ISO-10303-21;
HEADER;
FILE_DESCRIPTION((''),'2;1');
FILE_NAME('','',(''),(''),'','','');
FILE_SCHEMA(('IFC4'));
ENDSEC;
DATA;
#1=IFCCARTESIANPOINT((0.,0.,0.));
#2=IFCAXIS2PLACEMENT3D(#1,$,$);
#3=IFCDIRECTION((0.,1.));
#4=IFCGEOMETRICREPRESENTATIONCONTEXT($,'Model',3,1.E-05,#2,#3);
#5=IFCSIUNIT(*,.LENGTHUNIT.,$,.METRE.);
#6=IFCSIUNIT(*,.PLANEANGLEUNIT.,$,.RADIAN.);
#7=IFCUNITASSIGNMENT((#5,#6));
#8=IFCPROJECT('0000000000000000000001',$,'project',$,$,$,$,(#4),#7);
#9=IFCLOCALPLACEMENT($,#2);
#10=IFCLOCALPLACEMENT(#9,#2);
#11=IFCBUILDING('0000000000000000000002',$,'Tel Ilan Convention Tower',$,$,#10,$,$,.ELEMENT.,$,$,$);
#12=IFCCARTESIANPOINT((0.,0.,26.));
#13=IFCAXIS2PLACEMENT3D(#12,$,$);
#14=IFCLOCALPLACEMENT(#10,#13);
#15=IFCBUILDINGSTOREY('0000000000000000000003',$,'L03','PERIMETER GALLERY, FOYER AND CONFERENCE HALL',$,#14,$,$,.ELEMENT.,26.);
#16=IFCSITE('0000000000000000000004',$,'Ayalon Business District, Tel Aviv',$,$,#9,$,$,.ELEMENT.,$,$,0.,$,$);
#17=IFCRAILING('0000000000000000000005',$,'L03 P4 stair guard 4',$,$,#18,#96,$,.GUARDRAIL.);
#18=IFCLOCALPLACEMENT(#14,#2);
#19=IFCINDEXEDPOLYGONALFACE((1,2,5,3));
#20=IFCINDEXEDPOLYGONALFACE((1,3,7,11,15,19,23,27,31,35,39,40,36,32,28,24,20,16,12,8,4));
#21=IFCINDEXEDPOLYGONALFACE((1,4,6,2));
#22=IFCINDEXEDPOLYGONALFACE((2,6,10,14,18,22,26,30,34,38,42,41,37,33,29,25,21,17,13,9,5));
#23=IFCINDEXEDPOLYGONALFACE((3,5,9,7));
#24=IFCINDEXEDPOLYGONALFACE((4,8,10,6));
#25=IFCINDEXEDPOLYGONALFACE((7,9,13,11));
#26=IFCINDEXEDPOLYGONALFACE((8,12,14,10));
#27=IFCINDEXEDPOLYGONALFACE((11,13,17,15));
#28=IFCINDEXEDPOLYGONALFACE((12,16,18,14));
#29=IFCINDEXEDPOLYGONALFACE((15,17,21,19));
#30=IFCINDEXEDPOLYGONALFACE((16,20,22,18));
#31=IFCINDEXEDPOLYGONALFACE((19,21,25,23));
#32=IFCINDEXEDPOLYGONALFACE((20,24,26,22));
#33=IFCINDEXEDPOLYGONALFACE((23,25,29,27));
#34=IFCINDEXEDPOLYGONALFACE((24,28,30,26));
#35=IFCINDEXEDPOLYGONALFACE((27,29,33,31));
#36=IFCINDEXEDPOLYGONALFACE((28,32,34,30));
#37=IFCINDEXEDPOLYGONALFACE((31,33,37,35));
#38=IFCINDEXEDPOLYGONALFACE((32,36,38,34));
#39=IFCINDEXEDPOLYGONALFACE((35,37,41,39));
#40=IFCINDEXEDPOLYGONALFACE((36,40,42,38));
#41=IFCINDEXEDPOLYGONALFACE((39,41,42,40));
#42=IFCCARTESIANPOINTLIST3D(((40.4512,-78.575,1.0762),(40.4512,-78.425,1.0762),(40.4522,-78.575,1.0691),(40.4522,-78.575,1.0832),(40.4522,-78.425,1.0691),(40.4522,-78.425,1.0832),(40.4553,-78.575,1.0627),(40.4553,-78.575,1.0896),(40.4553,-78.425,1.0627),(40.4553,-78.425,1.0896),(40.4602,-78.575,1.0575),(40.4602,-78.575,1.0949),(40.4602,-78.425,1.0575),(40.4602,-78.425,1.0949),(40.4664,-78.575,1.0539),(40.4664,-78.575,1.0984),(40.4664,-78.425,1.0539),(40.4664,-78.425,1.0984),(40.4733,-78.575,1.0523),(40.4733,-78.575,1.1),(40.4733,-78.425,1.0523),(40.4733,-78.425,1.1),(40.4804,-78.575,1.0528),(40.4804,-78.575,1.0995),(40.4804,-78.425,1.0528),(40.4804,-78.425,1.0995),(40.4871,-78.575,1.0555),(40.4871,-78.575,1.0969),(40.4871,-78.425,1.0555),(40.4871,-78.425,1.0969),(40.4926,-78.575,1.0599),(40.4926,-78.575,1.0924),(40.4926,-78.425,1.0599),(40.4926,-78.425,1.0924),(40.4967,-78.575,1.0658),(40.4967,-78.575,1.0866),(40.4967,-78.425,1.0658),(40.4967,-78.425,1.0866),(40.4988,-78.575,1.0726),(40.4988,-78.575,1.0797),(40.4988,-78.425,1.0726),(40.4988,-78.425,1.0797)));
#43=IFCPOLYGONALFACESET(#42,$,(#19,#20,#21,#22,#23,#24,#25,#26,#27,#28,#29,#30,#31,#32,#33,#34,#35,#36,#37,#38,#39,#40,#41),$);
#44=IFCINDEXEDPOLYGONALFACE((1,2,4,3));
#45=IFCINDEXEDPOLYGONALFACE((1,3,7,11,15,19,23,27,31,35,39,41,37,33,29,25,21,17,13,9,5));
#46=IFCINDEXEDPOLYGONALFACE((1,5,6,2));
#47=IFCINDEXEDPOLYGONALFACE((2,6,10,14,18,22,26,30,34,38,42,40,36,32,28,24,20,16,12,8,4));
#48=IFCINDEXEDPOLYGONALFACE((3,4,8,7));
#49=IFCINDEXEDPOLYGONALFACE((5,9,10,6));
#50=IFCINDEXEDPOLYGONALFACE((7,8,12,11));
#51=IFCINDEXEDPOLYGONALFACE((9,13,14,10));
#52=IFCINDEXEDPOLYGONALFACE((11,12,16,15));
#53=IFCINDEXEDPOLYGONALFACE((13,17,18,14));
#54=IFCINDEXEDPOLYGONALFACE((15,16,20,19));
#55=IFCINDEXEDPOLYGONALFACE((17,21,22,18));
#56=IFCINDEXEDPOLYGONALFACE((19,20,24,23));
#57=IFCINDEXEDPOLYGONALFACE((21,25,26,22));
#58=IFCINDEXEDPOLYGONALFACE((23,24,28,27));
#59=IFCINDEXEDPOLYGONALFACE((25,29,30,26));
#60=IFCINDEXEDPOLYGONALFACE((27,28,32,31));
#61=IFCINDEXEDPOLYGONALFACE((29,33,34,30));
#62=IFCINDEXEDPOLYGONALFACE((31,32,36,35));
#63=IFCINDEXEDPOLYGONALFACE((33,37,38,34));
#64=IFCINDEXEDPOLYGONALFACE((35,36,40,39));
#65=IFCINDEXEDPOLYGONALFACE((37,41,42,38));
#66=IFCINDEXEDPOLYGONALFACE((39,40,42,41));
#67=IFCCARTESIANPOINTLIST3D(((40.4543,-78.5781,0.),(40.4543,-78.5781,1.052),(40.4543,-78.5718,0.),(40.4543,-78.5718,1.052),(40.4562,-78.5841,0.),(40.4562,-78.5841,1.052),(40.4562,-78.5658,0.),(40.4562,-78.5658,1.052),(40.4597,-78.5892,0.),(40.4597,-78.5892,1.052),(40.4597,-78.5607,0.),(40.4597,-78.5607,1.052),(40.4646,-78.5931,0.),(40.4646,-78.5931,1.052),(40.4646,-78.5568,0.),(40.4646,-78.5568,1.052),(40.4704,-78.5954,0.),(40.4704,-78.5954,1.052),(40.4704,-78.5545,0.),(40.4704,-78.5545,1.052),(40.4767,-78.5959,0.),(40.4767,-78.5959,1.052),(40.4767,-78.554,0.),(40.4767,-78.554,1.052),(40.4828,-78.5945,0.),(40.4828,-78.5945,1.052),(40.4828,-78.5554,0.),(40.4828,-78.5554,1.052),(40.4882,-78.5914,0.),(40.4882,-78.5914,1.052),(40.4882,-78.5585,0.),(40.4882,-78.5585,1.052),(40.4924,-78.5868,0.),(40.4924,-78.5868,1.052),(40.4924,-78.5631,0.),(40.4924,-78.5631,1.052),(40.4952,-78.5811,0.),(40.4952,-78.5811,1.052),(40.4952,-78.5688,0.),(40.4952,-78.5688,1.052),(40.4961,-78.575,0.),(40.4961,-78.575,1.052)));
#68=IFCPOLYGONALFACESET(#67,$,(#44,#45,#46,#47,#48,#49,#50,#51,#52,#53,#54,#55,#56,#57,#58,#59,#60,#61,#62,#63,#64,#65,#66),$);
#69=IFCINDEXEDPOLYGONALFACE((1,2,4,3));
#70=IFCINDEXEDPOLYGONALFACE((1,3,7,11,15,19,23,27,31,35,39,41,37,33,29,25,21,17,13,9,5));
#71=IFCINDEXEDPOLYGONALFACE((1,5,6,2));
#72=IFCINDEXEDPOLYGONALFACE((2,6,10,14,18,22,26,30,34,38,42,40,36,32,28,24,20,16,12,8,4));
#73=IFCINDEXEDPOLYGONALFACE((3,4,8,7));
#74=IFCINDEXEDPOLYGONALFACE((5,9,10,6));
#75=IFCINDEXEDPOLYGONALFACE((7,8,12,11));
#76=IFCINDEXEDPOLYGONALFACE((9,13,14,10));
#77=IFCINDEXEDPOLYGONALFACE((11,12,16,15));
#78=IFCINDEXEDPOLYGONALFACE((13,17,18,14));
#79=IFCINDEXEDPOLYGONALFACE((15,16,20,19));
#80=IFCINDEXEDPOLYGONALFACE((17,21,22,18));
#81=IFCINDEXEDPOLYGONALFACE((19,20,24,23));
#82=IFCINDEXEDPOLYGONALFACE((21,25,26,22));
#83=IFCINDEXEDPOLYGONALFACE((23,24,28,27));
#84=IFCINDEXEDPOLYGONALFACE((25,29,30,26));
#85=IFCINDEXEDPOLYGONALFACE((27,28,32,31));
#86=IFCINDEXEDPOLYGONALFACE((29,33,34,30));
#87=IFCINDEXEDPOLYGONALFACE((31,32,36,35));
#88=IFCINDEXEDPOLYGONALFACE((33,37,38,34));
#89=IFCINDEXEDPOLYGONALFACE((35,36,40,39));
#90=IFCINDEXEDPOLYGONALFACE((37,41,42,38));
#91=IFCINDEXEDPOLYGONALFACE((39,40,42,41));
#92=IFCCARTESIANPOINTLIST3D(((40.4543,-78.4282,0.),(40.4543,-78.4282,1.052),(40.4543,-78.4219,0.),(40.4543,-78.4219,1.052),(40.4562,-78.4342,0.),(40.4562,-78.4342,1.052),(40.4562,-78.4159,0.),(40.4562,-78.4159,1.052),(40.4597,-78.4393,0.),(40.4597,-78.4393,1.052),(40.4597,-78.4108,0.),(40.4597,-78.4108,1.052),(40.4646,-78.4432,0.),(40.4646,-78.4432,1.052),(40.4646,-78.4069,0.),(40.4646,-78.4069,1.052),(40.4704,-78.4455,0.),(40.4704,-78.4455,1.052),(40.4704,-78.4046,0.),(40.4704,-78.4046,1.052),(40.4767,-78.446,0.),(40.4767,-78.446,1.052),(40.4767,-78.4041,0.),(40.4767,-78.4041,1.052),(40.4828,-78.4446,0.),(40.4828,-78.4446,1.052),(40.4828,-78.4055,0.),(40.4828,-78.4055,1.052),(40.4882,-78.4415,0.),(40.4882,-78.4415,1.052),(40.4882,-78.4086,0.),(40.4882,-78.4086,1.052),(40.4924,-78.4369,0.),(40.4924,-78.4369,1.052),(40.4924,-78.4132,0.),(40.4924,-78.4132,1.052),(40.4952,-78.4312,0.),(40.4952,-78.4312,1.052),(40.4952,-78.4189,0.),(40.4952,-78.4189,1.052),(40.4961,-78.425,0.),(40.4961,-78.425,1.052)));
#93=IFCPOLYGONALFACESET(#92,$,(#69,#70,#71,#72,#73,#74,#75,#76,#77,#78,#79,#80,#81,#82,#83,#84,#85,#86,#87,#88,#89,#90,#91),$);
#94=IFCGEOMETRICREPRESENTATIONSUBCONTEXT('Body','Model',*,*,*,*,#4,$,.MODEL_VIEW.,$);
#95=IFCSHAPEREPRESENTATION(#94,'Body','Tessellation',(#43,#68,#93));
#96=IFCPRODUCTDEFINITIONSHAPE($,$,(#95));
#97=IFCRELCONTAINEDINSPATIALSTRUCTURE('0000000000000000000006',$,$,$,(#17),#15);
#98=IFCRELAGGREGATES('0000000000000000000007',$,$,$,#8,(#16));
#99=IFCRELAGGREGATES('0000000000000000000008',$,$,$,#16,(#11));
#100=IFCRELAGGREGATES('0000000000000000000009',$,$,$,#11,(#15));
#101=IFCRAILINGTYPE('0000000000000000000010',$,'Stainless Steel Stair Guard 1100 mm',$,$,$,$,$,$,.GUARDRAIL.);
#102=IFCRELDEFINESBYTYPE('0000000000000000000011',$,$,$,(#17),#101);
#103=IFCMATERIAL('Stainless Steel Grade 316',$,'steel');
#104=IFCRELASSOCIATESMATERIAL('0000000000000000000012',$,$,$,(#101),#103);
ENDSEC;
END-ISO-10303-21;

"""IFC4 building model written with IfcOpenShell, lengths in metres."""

from ifc_helpers import new_model, si_unit, direction, frame, origin, origin_2d, place, context, subcontext, project, spatial, circle, extrude, material, type_object, element, save


model = new_model("IFC4")

# Units and contexts
model_context = context("Model", 3, precision=1e-05, world=origin(), true_north=direction((0.0, 1.0)))
body_context = subcontext(model_context, "Body", "Model", "MODEL_VIEW")
ifc_project = project(units=[si_unit("LENGTHUNIT", "METRE"), si_unit("PLANEANGLEUNIT", "RADIAN")], contexts=[model_context])

# Site, building, storey
site_placement = place(None, origin())
site = spatial("IfcSite", under=ifc_project, at=site_placement, Name="Ayalon Business District, Tel Aviv", CompositionType="ELEMENT", RefElevation=0.0)
building_placement = place(site_placement, origin())
building = spatial("IfcBuilding", under=site, at=building_placement, Name="Tel Ilan Convention Tower", CompositionType="ELEMENT")
storey_placement = place(building_placement, frame((0.0, 0.0, 26.0)))
storey = spatial("IfcBuildingStorey", under=building, at=storey_placement, Name="L03", Description="PERIMETER GALLERY, FOYER AND CONFERENCE HALL", CompositionType="ELEMENT", Elevation=26.0)

# Railing
ifc_material_1 = material(Name="Stainless Steel Grade 316", Category="steel")
railing_type_1 = type_object("IfcRailingType", Name="Stainless Steel Stair Guard 1100 mm", PredefinedType="GUARDRAIL", material=ifc_material_1)
railing_1_placement = place(storey_placement, frame((40.4751, -78.575, 0.0)))
element("IfcRailing", 1, at=railing_1_placement, inside=storey, type_object=railing_type_1, Name="L03 P4 stair guard 4", PredefinedType="GUARDRAIL", context=body_context, shape_type="SweptSolid", body=[
    extrude(circle(Radius=0.0239, at=origin_2d()), frame((0.0, 0.0, 1.0762), z_axis=(0.0, 1.0, 0.0), x_axis=(-1.0, 0.0, 0.0)), (0.0, 0.0, 1.0), 0.1499),
    extrude(circle(Radius=0.021, at=origin_2d()), origin(), (0.0, 0.0, 1.0), 1.052),
    extrude(circle(Radius=0.021, at=origin_2d()), frame((0.0, 0.1499, 0.0)), (0.0, 0.0, 1.0), 1.052),
])

save(model, "model.ifc")
